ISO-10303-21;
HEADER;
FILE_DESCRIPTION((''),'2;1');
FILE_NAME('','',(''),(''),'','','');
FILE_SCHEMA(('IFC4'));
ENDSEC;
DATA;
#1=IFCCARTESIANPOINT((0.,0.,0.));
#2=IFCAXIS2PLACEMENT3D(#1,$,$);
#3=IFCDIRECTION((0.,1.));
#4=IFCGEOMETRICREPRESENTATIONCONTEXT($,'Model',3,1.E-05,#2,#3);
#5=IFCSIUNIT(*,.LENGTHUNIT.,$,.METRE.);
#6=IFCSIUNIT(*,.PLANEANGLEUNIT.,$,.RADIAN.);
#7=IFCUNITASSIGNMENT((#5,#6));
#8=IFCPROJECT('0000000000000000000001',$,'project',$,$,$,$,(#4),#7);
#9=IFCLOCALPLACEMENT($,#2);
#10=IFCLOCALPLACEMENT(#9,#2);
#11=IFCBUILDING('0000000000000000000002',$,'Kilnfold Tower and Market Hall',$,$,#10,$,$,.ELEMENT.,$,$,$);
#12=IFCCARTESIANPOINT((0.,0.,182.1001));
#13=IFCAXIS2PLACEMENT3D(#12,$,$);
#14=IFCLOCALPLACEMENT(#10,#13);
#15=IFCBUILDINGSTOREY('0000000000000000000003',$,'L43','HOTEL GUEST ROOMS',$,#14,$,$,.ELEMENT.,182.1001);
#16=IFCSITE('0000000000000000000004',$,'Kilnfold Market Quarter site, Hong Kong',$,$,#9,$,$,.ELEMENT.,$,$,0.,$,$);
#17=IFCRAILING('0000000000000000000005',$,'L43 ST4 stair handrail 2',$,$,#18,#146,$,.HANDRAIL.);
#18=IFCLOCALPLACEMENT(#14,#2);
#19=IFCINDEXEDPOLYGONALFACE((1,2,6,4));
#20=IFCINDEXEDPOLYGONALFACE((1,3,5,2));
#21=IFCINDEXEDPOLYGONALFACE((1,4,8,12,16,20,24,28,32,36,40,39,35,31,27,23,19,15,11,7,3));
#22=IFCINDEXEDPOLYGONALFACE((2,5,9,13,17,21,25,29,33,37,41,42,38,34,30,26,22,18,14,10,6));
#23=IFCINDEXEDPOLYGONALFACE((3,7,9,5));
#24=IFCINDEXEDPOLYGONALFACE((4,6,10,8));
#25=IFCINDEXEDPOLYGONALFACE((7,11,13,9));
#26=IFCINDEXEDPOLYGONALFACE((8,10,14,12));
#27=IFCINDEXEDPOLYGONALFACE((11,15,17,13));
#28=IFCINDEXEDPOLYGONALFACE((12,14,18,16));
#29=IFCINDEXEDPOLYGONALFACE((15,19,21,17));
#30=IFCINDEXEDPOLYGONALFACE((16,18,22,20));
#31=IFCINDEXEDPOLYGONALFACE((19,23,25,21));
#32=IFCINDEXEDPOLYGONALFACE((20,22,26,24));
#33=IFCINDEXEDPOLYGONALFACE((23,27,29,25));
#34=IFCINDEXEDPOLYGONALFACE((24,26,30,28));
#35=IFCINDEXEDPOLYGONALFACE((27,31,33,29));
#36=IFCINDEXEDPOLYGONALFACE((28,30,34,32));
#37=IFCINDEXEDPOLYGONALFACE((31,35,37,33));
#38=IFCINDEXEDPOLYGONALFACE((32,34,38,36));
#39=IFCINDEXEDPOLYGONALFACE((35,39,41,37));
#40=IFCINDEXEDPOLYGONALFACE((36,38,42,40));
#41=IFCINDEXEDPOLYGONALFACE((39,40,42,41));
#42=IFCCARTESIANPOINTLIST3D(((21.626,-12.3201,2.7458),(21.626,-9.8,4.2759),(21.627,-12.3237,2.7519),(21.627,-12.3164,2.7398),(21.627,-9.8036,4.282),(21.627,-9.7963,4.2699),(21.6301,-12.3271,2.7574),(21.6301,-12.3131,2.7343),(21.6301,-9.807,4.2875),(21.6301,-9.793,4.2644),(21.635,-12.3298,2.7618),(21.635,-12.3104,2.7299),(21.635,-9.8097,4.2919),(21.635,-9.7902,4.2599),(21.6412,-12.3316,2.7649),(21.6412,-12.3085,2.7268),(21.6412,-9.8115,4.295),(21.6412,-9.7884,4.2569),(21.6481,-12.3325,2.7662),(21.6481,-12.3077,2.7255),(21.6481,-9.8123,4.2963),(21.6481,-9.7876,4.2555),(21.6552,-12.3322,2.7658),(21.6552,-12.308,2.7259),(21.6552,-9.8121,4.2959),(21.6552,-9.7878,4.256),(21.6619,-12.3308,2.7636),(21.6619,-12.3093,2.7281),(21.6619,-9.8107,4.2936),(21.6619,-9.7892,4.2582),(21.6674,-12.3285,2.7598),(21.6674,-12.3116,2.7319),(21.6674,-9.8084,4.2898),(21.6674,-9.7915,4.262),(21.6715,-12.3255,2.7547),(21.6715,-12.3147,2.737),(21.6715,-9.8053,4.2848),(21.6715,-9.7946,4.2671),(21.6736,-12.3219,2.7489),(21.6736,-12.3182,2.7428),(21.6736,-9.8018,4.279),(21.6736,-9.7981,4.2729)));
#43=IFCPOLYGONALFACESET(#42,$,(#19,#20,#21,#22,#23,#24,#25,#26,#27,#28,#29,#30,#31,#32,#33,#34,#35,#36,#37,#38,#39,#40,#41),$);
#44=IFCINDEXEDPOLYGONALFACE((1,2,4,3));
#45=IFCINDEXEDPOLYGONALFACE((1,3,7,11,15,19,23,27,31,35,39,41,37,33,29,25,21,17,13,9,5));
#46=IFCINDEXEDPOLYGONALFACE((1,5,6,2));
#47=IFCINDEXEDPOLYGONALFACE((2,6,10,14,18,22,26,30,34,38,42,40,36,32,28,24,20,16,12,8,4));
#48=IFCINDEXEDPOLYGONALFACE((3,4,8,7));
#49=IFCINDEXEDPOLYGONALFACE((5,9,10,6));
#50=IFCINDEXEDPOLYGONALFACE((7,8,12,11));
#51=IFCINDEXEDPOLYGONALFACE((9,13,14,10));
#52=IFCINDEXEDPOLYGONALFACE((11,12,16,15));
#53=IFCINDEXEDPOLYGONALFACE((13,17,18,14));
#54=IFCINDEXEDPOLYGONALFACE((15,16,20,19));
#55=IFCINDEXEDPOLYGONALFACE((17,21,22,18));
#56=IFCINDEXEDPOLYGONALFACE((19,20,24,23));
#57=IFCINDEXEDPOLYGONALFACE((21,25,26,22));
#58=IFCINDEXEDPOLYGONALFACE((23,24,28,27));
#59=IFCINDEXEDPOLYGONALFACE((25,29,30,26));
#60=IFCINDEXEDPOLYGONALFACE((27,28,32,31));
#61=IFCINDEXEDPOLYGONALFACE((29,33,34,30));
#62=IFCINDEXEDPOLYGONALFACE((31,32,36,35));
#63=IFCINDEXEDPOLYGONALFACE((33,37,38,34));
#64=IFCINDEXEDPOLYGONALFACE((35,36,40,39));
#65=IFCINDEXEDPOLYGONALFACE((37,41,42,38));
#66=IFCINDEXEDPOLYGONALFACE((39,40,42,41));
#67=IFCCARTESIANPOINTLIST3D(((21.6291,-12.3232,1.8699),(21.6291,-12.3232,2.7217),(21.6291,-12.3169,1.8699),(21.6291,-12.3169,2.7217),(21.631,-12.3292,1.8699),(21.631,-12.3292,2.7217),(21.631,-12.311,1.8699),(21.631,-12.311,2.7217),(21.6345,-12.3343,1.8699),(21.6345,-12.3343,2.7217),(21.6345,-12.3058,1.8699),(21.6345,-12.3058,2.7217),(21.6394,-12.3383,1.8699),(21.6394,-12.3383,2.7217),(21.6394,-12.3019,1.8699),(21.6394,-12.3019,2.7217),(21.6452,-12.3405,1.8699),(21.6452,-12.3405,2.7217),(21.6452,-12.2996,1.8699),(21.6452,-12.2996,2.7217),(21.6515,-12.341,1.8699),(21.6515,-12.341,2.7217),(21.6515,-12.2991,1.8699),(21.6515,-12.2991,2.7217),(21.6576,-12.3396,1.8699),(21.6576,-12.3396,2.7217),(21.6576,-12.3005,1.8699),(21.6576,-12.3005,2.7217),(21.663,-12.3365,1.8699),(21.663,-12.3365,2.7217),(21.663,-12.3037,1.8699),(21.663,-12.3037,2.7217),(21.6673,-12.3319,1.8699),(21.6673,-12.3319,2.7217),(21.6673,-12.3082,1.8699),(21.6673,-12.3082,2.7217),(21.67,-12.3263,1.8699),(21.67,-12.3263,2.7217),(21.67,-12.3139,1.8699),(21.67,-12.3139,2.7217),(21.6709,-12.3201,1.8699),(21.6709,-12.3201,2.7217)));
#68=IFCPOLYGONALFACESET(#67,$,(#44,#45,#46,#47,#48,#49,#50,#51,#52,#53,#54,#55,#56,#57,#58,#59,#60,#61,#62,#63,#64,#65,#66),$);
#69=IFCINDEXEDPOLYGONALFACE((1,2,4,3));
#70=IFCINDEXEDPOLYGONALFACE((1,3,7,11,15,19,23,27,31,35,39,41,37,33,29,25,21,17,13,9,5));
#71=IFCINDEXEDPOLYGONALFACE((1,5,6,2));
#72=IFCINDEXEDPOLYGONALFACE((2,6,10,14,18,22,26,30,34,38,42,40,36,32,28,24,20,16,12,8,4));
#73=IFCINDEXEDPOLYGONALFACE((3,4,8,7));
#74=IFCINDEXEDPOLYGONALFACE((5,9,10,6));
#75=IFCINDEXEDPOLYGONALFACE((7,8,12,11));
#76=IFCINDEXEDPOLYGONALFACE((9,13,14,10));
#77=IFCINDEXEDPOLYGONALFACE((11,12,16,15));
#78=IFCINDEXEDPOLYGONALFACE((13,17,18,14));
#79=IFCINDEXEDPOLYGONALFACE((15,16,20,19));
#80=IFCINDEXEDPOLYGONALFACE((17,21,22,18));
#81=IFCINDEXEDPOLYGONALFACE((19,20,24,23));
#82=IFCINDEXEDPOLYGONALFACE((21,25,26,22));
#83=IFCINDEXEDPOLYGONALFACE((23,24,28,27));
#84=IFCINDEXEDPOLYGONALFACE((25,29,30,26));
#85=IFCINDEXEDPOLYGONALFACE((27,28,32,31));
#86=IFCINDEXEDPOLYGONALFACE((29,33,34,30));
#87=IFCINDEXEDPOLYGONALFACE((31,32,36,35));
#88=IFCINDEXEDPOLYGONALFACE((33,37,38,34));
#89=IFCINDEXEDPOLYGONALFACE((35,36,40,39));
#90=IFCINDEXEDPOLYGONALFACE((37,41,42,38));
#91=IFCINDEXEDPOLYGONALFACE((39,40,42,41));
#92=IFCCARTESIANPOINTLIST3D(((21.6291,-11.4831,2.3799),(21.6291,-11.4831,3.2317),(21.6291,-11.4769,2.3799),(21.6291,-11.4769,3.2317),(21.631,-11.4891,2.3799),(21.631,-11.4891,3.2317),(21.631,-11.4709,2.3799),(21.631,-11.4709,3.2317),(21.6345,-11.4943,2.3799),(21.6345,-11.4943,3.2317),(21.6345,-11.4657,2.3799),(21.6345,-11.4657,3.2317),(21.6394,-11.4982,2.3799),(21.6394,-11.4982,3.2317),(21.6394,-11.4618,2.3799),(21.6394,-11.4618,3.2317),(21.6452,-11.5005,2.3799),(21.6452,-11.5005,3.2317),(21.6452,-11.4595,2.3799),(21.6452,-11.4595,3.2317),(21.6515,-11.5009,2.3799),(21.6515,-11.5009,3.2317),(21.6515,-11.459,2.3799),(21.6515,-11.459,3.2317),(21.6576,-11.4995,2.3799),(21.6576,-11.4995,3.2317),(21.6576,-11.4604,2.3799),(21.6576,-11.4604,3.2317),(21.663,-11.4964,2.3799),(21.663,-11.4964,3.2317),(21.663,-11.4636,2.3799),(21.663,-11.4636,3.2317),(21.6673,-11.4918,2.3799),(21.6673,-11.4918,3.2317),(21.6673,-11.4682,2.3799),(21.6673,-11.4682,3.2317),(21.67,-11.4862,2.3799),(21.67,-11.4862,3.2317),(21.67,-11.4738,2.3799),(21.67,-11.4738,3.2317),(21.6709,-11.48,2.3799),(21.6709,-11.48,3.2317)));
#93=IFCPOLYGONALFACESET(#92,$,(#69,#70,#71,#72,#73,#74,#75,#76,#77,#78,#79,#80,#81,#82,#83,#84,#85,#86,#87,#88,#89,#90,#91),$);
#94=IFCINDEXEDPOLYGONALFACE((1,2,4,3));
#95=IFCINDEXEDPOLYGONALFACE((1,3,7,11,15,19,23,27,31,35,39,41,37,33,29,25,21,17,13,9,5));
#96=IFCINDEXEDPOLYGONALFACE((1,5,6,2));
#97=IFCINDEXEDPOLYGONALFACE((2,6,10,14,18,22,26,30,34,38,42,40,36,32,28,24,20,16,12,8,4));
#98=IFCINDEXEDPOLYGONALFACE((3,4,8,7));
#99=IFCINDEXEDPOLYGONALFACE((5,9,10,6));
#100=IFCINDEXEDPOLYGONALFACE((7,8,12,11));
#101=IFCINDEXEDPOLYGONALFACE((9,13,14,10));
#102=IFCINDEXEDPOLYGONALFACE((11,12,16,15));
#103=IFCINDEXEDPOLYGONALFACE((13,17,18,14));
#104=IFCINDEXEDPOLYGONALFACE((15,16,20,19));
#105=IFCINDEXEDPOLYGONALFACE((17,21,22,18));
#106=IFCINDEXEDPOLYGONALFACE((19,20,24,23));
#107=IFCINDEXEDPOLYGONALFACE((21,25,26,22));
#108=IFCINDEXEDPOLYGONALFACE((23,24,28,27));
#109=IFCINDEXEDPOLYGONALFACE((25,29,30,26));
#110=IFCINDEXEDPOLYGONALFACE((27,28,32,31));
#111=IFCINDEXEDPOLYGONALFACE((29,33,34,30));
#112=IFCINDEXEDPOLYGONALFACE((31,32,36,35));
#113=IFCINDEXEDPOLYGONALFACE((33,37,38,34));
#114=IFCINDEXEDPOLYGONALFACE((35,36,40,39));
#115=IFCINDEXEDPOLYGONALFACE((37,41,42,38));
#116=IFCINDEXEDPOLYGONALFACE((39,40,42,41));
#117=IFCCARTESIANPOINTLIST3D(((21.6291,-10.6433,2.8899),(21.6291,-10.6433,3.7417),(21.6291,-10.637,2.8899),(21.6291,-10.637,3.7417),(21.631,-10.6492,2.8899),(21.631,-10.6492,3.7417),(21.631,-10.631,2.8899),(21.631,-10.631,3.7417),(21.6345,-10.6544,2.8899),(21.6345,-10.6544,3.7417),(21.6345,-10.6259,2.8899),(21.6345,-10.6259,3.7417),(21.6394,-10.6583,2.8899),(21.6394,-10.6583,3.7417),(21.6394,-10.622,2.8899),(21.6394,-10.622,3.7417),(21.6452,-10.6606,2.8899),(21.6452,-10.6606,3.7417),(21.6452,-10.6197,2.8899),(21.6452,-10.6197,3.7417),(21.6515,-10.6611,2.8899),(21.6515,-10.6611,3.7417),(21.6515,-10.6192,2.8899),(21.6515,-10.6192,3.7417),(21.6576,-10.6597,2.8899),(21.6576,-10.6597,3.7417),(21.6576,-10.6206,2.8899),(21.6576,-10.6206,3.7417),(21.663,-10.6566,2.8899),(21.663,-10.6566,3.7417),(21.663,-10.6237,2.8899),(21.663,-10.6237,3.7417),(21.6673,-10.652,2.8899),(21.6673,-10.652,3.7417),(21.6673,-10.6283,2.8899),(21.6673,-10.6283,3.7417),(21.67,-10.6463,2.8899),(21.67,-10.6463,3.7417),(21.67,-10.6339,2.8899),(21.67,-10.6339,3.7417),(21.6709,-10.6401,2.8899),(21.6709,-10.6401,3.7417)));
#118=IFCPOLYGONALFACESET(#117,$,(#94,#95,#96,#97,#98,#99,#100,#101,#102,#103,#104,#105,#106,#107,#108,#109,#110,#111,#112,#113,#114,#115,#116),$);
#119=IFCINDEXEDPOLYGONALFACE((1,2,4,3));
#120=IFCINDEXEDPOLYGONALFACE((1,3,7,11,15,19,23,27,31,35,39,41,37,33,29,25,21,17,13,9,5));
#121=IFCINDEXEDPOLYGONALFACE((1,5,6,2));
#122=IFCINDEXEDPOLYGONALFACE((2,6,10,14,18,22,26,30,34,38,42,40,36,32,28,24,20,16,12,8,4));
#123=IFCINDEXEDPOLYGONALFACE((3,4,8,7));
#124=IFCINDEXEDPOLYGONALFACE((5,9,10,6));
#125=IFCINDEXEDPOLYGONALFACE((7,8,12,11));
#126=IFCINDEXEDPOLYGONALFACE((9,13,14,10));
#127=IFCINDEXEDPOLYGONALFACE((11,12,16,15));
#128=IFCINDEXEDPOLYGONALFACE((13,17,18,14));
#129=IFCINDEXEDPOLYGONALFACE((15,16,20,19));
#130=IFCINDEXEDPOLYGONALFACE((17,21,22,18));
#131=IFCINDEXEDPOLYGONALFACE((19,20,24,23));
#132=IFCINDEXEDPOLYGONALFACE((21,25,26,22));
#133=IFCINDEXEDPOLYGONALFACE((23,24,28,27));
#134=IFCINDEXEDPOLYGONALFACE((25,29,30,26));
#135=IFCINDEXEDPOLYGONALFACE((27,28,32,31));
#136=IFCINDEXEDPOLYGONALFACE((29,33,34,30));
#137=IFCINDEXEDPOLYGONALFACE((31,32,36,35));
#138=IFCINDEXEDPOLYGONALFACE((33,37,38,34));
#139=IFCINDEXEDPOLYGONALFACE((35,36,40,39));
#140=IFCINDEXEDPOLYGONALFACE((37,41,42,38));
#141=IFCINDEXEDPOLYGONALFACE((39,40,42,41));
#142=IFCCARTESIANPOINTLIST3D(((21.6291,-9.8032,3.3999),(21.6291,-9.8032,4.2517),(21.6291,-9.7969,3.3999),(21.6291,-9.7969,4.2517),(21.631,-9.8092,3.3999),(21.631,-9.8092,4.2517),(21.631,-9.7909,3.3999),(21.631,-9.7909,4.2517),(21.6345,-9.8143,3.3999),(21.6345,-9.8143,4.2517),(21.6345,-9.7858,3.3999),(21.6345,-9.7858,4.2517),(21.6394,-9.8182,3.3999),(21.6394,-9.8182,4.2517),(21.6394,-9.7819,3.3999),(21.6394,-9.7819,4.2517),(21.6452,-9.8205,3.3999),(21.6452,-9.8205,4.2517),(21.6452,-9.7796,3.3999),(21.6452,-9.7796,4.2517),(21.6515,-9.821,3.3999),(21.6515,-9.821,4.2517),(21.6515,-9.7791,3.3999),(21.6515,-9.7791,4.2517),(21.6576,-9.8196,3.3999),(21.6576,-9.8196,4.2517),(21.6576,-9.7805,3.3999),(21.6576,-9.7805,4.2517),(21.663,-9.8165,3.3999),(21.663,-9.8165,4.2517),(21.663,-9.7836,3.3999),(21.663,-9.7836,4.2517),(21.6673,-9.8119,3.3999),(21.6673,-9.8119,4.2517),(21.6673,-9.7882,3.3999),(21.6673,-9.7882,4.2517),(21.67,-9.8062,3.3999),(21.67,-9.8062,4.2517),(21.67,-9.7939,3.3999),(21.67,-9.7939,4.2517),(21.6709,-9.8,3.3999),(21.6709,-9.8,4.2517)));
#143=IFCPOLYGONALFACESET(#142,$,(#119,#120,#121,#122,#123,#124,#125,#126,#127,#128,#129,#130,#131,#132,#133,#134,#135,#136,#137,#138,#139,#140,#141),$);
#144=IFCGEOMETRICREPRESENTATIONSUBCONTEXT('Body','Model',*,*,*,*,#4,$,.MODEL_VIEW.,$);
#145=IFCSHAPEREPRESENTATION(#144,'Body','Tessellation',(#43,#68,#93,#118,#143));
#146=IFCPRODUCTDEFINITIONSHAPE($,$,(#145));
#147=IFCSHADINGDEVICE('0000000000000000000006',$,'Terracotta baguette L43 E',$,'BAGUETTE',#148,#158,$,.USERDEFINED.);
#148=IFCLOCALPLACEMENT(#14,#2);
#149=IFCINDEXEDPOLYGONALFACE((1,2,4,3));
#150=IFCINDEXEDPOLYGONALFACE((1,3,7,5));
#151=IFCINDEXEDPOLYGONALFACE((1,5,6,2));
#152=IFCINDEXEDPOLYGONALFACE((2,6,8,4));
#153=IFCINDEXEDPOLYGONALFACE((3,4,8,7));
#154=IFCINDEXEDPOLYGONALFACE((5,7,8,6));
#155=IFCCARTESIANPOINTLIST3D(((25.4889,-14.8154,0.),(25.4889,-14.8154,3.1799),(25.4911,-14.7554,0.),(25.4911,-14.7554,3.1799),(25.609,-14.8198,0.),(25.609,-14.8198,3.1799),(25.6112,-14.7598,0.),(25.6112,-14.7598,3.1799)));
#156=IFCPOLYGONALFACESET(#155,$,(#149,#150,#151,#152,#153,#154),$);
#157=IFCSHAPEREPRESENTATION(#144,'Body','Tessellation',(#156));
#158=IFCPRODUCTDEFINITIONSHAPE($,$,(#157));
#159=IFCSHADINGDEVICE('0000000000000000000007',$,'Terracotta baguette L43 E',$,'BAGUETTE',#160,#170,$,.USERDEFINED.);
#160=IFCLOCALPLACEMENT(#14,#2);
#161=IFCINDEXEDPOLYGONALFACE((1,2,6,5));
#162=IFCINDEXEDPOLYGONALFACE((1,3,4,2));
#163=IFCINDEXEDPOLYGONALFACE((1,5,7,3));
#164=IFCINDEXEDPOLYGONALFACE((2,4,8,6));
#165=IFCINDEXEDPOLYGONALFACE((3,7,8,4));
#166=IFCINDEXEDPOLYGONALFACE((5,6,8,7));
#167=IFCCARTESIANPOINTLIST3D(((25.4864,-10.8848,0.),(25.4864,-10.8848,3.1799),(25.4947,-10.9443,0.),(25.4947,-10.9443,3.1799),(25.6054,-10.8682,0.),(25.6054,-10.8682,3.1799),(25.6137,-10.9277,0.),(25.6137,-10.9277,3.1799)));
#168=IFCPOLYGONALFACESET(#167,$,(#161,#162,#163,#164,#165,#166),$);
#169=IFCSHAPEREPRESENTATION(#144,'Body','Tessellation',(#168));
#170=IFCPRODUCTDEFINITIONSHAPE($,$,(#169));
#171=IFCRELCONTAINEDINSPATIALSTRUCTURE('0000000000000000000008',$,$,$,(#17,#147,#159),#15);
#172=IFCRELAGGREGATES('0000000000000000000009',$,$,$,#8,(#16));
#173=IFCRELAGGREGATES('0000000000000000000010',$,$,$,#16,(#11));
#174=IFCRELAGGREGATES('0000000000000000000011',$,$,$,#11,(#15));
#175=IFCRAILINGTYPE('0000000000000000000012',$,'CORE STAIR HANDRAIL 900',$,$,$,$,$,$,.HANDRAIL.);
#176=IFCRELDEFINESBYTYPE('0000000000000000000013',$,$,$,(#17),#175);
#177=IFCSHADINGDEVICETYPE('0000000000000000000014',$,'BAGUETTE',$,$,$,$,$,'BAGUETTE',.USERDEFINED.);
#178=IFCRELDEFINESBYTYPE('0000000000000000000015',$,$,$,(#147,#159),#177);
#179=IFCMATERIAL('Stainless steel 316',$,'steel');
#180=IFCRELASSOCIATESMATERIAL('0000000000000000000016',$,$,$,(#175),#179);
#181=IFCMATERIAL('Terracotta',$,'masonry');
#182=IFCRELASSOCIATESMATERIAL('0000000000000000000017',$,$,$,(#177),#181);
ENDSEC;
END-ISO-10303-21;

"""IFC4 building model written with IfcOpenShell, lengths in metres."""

from ifc_helpers import new_model, si_unit, direction, frame, origin, origin_2d, place, context, subcontext, project, spatial, rectangle, circle, extrude, source, transform, mapped, material, material_profile, profile_set, type_object, element, save


model = new_model("IFC4")

# Units and contexts
model_context = context("Model", 3, precision=1e-05, world=origin(), true_north=direction((0.0, 1.0)))
body_context = subcontext(model_context, "Body", "Model", "MODEL_VIEW")
ifc_project = project(units=[si_unit("LENGTHUNIT", "METRE"), si_unit("PLANEANGLEUNIT", "RADIAN")], contexts=[model_context])

# Site, building, storey
site_placement = place(None, origin())
site = spatial("IfcSite", under=ifc_project, at=site_placement, Name="Kilnfold Market Quarter site, Hong Kong", CompositionType="ELEMENT", RefElevation=0.0)
building_placement = place(site_placement, origin())
building = spatial("IfcBuilding", under=site, at=building_placement, Name="Kilnfold Tower and Market Hall", CompositionType="ELEMENT")
storey_placement = place(building_placement, frame((0.0, 0.0, 182.1001)))
storey = spatial("IfcBuildingStorey", under=building, at=storey_placement, Name="L43", Description="HOTEL GUEST ROOMS", CompositionType="ELEMENT", Elevation=182.1001)

# Railing
ifc_material_1 = material(Name="Stainless steel 316", Category="steel")
railing_type_1 = type_object("IfcRailingType", Name="CORE STAIR HANDRAIL 900", PredefinedType="HANDRAIL", material=ifc_material_1)
railing_1_placement = place(storey_placement, frame((21.6499, -12.3201, 1.8699)))
element("IfcRailing", 1, at=railing_1_placement, inside=storey, type_object=railing_type_1, Name="L43 ST4 stair handrail 2", PredefinedType="HANDRAIL", context=body_context, shape_type="SweptSolid", body=[
    extrude(circle(Radius=0.0239, at=origin_2d()), frame((0.0, 0.0, 0.876), z_axis=(0.0, 0.854785, 0.518982), x_axis=(-1.0, 0.0, 0.0)), (0.0, 0.0, 1.0), 2.9482),
    extrude(circle(Radius=0.021, at=origin_2d()), origin(), (0.0, 0.0, 1.0), 0.8518),
    extrude(circle(Radius=0.021, at=origin_2d()), frame((0.0, 0.8401, 0.51)), (0.0, 0.0, 1.0), 0.8518),
    extrude(circle(Radius=0.021, at=origin_2d()), frame((0.0, 1.6799, 1.02)), (0.0, 0.0, 1.0), 0.8518),
    extrude(circle(Radius=0.021, at=origin_2d()), frame((0.0, 2.52, 1.53)), (0.0, 0.0, 1.0), 0.8518),
])

# Shading devices
ifc_material_2 = material(Name="Terracotta", Category="masonry")
ifc_material_profile_1 = material_profile(ifc_material_2, rectangle(XDim=0.0601, YDim=0.1201, at=origin_2d()), Name="BAG 60x120")
ifc_profile_set_1 = profile_set([ifc_material_profile_1], Name="Terracotta")
shading_device_type = type_object("IfcShadingDeviceType", Name="BAGUETTE", ElementType="BAGUETTE", PredefinedType="USERDEFINED", material=ifc_profile_set_1)
shared_shape_1 = source(origin(), body_context, "Body", "SweptSolid", [
    extrude(rectangle(XDim=0.0601, YDim=0.1201, at=origin_2d()), origin(), (0.0, 0.0, 1.0), 3.1799),
])
for number, where, z_axis, x_axis, name in (
    (2, (25.55, -14.7876, 0.0), (0.0, 0.0, 1.0), (0.037001, 0.999315, 0.0), "Terracotta baguette L43 E"),
    (3, (25.55, -10.9062, 0.0), (0.0, 0.0, 1.0), (-0.138521, 0.990359, 0.0), "Terracotta baguette L43 E"),
):
    element("IfcShadingDevice", number, at=place(storey_placement, frame(where, z_axis=z_axis, x_axis=x_axis)), inside=storey, type_object=shading_device_type, Name=name, ObjectType="BAGUETTE", PredefinedType="USERDEFINED", context=body_context, shape_type="MappedRepresentation", body=[
        mapped(shared_shape_1, transform((0.0, 0.0, 0.0))),
    ])

save(model, "model.ifc")
